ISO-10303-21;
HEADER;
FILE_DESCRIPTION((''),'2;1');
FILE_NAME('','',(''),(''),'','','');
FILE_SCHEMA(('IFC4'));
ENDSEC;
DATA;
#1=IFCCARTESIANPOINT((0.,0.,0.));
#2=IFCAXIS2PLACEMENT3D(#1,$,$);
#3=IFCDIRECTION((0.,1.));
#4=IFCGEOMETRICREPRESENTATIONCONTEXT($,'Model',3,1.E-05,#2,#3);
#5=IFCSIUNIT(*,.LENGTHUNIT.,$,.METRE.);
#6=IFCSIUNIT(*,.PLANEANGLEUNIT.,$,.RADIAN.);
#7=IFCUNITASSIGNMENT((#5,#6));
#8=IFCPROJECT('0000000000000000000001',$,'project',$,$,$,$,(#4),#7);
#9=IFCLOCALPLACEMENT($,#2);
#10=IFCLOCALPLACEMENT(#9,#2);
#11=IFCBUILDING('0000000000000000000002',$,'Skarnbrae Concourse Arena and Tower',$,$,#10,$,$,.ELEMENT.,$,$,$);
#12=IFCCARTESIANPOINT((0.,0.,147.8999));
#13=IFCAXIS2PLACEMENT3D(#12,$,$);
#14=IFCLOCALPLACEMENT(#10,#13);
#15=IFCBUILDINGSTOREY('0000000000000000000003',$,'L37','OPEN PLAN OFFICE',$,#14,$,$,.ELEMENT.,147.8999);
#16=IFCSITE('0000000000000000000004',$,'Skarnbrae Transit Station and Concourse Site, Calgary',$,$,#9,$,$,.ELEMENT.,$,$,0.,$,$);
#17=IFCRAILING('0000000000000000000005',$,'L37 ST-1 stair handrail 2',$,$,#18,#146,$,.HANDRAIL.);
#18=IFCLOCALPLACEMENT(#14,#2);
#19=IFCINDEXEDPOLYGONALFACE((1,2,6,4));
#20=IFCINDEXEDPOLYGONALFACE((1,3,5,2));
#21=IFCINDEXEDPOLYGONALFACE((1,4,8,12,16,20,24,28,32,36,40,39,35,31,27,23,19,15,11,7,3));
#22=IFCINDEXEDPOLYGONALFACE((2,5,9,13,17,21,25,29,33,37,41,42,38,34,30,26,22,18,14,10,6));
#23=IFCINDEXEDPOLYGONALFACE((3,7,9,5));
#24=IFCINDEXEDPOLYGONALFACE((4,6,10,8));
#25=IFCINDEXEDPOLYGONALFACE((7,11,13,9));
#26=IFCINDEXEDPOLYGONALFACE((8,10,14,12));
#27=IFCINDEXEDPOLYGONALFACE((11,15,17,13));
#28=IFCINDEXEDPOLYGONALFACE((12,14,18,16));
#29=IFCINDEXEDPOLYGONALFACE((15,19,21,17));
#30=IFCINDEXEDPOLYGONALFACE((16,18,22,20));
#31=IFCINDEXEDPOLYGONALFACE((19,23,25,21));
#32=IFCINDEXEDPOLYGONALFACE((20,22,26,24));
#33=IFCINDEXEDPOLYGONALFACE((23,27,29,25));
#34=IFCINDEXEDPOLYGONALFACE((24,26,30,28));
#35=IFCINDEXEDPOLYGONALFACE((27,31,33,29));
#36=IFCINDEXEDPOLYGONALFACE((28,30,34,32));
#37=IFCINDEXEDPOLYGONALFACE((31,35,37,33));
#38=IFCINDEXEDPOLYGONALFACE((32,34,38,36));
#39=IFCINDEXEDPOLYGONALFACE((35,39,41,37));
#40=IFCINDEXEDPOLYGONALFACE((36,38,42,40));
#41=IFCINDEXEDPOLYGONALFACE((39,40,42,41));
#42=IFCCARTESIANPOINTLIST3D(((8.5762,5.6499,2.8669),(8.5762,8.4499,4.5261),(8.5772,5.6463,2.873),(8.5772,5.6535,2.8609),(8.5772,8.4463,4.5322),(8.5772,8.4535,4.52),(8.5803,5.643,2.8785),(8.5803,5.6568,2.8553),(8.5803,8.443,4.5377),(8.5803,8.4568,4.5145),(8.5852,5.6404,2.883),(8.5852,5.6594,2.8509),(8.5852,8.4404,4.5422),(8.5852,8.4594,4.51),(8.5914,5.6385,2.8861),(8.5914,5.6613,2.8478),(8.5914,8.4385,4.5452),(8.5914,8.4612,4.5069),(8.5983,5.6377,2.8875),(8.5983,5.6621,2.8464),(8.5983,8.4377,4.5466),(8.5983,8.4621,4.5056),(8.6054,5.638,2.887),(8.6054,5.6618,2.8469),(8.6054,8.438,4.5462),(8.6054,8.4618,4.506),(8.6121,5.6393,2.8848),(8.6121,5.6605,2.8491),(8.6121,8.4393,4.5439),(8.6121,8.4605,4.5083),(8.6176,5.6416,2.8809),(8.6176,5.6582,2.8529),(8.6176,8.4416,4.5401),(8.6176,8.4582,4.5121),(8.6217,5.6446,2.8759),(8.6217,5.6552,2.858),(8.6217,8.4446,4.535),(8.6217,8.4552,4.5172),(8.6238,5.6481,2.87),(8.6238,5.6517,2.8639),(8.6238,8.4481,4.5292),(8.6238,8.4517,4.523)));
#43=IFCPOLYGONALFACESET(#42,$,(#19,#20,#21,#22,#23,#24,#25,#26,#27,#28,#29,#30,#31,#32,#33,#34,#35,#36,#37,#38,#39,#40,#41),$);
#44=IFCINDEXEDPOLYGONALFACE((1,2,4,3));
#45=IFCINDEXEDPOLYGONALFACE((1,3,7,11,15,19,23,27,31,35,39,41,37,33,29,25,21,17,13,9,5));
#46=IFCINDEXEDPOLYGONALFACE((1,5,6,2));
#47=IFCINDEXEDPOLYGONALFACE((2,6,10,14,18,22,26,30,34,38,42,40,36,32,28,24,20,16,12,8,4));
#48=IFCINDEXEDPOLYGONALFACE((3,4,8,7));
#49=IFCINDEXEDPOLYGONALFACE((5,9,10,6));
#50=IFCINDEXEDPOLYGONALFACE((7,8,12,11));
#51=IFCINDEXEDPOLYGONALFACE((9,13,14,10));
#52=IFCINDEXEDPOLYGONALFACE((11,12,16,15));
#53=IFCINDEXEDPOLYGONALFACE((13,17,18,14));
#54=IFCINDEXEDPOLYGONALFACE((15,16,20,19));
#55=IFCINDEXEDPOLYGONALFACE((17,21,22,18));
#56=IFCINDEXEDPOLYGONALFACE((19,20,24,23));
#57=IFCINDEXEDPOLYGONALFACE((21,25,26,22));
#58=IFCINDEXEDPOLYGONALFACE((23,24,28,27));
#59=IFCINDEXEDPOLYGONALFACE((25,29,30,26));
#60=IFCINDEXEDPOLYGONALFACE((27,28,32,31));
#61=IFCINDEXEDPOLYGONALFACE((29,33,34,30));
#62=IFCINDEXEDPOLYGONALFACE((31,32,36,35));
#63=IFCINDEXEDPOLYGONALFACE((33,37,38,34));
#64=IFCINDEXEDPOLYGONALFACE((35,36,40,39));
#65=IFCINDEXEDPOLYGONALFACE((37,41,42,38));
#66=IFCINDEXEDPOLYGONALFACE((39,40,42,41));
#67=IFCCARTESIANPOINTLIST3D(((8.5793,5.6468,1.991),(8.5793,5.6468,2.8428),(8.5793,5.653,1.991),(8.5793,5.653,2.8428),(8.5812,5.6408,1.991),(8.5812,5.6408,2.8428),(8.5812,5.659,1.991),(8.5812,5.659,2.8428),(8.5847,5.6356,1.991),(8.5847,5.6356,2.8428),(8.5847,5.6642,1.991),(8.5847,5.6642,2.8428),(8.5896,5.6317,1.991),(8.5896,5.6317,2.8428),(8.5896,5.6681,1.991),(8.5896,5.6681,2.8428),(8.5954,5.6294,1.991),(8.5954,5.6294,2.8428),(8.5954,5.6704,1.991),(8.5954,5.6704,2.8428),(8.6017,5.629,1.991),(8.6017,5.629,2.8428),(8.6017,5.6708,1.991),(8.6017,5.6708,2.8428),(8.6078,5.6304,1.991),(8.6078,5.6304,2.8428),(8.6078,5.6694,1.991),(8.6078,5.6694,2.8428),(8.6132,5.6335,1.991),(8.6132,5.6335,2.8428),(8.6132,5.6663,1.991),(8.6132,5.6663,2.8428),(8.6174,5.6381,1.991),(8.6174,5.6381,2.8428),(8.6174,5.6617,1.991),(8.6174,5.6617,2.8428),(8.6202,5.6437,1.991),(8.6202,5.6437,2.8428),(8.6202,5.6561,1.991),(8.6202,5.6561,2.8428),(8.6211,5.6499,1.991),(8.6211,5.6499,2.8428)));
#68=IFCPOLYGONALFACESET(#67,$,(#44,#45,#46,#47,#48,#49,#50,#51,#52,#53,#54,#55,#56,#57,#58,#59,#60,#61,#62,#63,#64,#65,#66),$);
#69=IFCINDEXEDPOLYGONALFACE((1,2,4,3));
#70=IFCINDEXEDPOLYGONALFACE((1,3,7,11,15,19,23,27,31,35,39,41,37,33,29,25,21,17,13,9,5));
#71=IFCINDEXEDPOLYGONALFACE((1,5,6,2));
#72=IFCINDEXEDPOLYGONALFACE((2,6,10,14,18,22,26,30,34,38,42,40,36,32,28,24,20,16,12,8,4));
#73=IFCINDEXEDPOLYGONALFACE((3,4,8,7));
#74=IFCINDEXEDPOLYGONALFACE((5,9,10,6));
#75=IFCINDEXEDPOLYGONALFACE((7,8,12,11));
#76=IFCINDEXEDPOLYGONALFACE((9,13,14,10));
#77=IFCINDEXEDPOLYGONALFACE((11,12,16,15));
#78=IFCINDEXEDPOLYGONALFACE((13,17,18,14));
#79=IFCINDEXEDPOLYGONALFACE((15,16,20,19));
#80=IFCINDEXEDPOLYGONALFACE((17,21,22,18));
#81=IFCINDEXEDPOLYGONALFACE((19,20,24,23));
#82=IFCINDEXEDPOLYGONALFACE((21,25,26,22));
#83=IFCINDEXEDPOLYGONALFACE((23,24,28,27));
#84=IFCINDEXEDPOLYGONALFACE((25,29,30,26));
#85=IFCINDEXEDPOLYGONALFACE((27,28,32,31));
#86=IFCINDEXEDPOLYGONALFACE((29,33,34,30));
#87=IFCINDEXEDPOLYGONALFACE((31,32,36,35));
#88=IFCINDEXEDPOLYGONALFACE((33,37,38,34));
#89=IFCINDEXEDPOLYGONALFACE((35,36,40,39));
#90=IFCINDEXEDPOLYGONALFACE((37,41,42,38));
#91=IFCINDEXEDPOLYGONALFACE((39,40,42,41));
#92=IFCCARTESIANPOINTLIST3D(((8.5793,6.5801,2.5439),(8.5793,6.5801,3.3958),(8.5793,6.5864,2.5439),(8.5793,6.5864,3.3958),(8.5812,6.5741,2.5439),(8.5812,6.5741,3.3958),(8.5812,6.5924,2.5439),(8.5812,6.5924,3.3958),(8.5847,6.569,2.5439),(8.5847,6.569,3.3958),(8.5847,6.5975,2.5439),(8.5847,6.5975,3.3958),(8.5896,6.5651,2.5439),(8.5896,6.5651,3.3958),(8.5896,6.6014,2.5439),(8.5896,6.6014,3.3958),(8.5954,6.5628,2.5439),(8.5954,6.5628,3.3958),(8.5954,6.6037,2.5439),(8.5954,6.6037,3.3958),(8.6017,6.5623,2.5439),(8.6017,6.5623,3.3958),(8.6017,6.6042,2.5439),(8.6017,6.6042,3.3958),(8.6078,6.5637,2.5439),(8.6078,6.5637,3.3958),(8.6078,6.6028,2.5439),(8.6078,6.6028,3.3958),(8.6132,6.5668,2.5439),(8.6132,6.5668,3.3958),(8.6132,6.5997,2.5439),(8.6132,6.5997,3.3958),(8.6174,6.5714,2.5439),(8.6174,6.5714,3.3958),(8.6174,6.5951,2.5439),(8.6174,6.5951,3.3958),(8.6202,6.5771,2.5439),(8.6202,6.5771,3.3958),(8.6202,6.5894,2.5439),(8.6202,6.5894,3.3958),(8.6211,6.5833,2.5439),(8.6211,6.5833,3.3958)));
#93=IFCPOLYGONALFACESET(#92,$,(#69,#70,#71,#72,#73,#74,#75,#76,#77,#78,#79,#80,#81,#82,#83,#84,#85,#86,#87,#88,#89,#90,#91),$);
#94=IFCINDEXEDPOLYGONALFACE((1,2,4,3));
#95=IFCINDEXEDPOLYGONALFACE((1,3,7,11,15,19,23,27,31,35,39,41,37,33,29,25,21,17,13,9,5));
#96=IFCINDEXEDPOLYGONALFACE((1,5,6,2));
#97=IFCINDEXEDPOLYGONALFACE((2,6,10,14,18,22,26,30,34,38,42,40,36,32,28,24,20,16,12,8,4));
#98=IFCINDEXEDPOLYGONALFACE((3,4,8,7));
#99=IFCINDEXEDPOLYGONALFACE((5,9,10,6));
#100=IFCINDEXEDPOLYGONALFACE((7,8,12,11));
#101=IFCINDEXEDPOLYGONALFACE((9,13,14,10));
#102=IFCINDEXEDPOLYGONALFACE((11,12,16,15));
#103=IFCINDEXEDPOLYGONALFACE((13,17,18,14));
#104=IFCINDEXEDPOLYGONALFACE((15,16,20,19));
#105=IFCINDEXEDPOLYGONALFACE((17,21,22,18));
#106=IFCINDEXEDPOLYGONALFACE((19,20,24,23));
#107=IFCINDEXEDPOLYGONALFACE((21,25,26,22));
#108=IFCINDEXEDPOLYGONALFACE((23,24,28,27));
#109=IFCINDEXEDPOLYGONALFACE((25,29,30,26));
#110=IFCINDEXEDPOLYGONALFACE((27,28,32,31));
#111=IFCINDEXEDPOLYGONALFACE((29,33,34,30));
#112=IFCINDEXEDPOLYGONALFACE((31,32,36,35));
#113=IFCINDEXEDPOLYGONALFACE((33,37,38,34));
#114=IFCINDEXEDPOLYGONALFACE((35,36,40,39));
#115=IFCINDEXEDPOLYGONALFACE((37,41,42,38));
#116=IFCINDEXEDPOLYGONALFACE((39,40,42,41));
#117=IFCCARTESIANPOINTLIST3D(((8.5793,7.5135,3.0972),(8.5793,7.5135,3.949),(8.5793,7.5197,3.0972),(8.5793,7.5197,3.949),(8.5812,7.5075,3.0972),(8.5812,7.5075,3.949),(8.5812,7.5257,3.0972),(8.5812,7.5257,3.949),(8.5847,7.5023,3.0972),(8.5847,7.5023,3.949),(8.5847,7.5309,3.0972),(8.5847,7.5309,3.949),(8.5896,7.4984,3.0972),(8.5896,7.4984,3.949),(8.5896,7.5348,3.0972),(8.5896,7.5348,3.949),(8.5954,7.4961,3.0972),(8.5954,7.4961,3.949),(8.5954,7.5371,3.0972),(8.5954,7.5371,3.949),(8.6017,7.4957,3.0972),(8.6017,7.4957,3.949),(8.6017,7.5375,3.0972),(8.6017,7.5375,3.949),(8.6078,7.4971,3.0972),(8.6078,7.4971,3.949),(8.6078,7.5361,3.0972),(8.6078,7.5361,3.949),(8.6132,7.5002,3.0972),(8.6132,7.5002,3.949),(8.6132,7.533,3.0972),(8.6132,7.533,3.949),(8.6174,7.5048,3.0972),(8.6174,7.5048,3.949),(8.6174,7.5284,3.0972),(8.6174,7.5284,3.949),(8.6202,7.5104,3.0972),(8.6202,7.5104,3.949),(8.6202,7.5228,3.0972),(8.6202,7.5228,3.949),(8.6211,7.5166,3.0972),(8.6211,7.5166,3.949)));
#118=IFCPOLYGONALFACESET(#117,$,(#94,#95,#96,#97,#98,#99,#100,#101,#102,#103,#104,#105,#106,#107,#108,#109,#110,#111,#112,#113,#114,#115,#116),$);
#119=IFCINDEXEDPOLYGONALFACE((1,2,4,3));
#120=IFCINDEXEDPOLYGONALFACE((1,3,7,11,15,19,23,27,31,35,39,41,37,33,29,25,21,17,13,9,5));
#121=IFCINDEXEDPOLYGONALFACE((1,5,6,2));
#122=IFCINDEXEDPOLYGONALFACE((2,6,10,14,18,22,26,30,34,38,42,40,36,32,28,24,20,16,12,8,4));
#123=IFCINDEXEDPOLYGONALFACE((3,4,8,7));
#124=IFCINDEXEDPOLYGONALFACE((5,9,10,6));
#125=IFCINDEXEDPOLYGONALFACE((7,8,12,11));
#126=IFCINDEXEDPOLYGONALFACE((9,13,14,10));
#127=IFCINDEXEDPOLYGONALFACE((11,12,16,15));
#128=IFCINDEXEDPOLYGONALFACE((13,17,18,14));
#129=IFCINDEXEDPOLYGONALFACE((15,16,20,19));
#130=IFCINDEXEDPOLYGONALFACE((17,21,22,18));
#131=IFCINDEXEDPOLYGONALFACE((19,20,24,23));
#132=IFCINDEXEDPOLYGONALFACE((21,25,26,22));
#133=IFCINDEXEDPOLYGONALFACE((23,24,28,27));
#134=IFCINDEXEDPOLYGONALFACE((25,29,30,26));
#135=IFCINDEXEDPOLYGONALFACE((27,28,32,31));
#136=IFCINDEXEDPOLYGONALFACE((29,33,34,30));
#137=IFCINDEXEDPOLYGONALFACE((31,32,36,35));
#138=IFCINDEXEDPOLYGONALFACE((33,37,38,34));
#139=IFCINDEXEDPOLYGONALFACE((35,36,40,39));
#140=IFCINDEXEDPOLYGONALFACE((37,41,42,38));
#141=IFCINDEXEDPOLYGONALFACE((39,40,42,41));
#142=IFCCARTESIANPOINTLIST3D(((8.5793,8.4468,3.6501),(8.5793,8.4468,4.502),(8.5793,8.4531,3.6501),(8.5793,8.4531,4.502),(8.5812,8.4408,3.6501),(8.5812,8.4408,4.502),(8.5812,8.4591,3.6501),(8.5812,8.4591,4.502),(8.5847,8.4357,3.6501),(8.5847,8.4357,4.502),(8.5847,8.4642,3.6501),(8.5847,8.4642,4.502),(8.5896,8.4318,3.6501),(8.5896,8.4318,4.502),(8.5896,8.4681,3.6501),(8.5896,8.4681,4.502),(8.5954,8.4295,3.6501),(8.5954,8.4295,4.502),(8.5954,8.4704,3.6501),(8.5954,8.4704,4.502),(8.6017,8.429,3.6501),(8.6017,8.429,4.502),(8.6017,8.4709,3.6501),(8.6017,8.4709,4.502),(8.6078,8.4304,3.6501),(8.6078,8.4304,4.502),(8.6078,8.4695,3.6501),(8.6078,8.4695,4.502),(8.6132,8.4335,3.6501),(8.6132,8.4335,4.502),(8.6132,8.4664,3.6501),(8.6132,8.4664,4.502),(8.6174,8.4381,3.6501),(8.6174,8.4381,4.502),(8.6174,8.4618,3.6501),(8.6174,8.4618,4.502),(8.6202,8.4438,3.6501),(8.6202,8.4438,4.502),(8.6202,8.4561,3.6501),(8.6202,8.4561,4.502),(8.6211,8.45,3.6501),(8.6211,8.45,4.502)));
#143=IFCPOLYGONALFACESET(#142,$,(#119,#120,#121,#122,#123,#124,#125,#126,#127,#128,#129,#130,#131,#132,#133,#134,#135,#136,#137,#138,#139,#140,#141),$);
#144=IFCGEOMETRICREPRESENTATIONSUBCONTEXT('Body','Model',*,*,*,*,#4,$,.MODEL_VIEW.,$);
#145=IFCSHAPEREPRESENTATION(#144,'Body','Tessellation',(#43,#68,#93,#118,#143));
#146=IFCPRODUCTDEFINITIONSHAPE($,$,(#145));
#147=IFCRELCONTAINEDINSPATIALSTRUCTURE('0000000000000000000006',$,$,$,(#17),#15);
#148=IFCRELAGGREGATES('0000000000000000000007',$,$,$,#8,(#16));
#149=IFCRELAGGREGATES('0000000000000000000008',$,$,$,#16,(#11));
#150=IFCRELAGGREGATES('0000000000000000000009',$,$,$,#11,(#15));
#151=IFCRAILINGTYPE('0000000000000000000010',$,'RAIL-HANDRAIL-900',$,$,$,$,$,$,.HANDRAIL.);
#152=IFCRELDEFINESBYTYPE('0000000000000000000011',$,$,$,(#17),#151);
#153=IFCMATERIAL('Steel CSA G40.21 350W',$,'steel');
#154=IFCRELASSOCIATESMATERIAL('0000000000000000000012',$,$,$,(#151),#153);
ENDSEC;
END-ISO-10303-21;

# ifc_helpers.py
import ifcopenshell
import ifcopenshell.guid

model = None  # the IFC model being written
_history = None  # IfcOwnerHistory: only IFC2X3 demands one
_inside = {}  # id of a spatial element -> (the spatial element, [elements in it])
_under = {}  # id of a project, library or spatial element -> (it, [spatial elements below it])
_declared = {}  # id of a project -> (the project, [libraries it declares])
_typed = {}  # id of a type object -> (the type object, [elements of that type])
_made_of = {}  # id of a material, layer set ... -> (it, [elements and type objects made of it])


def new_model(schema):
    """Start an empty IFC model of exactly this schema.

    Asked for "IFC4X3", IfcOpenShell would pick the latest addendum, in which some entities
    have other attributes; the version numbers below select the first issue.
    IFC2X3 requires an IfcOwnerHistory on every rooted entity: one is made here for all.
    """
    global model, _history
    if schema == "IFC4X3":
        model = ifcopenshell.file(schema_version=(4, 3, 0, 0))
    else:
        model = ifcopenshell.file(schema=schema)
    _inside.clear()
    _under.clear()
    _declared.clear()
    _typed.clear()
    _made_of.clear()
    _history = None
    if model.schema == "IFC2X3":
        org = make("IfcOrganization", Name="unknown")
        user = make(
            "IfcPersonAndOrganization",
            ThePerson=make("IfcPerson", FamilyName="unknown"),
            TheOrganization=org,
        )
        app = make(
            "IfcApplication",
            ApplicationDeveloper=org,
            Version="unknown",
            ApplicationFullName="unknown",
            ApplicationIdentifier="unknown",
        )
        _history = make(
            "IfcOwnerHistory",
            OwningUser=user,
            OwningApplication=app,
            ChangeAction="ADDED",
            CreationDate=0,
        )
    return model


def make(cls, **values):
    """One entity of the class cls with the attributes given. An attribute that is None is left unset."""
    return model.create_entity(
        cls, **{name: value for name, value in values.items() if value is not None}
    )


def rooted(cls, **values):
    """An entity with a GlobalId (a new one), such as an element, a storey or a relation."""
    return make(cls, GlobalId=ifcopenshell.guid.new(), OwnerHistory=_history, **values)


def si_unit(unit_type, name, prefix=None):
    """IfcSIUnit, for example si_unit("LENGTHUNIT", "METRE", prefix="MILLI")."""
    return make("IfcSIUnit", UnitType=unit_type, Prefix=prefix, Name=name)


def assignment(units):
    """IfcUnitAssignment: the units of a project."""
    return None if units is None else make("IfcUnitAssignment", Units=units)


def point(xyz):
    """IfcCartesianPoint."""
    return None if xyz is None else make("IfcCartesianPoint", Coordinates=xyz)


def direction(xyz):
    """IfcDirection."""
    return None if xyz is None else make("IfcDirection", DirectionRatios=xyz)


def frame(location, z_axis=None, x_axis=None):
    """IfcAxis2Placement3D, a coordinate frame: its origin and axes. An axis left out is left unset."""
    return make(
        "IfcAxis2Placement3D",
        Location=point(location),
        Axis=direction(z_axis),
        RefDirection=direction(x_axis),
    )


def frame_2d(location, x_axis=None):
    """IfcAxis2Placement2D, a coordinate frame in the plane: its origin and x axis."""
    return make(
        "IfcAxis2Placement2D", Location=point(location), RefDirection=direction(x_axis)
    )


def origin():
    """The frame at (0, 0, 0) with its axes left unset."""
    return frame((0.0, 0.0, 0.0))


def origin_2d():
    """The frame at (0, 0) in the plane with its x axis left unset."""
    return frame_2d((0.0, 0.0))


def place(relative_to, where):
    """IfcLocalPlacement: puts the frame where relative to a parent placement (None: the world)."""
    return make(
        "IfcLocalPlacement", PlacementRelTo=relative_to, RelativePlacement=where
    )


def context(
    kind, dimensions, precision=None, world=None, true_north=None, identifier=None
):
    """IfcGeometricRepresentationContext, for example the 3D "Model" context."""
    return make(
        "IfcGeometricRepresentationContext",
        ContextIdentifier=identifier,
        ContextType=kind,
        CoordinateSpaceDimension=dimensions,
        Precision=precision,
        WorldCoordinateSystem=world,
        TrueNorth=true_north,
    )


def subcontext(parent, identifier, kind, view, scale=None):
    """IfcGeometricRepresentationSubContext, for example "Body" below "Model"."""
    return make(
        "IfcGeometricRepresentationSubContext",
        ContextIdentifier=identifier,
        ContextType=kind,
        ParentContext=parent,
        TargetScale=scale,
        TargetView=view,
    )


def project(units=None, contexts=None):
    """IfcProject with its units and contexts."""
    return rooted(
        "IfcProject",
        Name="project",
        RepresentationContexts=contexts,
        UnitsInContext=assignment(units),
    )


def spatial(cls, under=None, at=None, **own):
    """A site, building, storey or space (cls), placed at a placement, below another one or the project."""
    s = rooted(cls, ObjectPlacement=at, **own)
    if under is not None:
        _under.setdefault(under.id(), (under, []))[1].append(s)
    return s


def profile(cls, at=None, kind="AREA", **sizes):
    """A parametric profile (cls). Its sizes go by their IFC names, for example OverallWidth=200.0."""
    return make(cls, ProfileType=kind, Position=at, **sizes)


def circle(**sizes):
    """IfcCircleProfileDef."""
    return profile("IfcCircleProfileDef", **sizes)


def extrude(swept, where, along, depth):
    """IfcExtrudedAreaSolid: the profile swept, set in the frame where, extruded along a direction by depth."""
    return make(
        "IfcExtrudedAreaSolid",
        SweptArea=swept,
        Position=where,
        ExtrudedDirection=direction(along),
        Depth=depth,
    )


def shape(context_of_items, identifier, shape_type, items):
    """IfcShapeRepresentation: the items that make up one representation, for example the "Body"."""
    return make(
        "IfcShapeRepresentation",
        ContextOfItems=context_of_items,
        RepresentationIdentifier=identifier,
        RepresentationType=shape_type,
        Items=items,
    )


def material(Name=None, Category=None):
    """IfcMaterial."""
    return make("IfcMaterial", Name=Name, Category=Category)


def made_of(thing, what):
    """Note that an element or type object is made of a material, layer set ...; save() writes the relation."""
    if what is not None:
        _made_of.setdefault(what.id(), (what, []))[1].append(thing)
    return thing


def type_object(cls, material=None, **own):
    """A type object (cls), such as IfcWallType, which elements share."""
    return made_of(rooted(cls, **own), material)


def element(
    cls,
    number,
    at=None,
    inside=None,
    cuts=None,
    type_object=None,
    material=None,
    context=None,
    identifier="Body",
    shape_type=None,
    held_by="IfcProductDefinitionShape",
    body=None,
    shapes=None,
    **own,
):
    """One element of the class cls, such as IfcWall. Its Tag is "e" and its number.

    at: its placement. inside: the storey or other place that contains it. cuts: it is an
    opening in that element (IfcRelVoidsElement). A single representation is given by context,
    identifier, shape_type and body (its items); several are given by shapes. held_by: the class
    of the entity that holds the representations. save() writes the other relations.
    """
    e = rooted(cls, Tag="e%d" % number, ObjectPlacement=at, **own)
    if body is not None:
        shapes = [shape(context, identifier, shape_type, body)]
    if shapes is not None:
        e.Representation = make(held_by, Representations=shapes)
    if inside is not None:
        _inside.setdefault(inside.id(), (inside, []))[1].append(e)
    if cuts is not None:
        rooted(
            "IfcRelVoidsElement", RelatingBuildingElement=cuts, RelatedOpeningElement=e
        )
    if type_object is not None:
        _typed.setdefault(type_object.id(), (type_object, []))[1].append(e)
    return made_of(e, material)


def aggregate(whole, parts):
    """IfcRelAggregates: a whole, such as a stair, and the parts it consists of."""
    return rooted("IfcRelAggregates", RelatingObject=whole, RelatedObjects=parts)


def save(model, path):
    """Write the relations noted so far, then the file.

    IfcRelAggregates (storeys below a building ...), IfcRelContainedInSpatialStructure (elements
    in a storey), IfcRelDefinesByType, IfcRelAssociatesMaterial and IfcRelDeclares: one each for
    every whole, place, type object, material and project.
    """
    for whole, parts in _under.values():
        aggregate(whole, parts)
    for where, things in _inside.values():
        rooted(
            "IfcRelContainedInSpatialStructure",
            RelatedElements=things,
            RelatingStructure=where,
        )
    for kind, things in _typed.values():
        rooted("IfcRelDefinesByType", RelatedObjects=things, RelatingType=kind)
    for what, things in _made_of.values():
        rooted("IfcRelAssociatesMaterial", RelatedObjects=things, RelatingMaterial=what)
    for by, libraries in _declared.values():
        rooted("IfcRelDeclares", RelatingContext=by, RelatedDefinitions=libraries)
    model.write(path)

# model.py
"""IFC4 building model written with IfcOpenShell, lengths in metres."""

from ifc_helpers import new_model, si_unit, direction, frame, origin, origin_2d, place, context, subcontext, project, spatial, circle, extrude, material, type_object, element, save


model = new_model("IFC4")

# Units and contexts
model_context = context("Model", 3, precision=1e-05, world=origin(), true_north=direction((0.0, 1.0)))
body_context = subcontext(model_context, "Body", "Model", "MODEL_VIEW")
ifc_project = project(units=[si_unit("LENGTHUNIT", "METRE"), si_unit("PLANEANGLEUNIT", "RADIAN")], contexts=[model_context])

# Site, building, storey
site_placement = place(None, origin())
site = spatial("IfcSite", under=ifc_project, at=site_placement, Name="Skarnbrae Transit Station and Concourse Site, Calgary", CompositionType="ELEMENT", RefElevation=0.0)
building_placement = place(site_placement, origin())
building = spatial("IfcBuilding", under=site, at=building_placement, Name="Skarnbrae Concourse Arena and Tower", CompositionType="ELEMENT")
storey_placement = place(building_placement, frame((0.0, 0.0, 147.8999)))
storey = spatial("IfcBuildingStorey", under=building, at=storey_placement, Name="L37", Description="OPEN PLAN OFFICE", CompositionType="ELEMENT", Elevation=147.8999)

# Shared definitions
ifc_material_1 = material(Name="Steel CSA G40.21 350W", Category="steel")

# Railing
railing_type = type_object("IfcRailingType", Name="RAIL-HANDRAIL-900", PredefinedType="HANDRAIL", material=ifc_material_1)
railing_placement = place(storey_placement, frame((8.6001, 5.6499, 1.991)))
element("IfcRailing", 1, at=railing_placement, inside=storey, type_object=railing_type, Name="L37 ST-1 stair handrail 2", PredefinedType="HANDRAIL", context=body_context, shape_type="SweptSolid", body=[
    extrude(circle(Radius=0.0239, at=origin_2d()), frame((0.0, 0.0, 0.876), z_axis=(0.0, 0.860306, 0.509778), x_axis=(-1.0, 0.0, 0.0)), (0.0, 0.0, 1.0), 3.2546),
    extrude(circle(Radius=0.021, at=origin_2d()), origin(), (0.0, 0.0, 1.0), 0.8518),
    extrude(circle(Radius=0.021, at=origin_2d()), frame((0.0, 0.9333, 0.553)), (0.0, 0.0, 1.0), 0.8518),
    extrude(circle(Radius=0.021, at=origin_2d()), frame((0.0, 1.8667, 1.1062)), (0.0, 0.0, 1.0), 0.8518),
    extrude(circle(Radius=0.021, at=origin_2d()), frame((0.0, 2.8, 1.6592)), (0.0, 0.0, 1.0), 0.8518),
])

save(model, "model.ifc")
